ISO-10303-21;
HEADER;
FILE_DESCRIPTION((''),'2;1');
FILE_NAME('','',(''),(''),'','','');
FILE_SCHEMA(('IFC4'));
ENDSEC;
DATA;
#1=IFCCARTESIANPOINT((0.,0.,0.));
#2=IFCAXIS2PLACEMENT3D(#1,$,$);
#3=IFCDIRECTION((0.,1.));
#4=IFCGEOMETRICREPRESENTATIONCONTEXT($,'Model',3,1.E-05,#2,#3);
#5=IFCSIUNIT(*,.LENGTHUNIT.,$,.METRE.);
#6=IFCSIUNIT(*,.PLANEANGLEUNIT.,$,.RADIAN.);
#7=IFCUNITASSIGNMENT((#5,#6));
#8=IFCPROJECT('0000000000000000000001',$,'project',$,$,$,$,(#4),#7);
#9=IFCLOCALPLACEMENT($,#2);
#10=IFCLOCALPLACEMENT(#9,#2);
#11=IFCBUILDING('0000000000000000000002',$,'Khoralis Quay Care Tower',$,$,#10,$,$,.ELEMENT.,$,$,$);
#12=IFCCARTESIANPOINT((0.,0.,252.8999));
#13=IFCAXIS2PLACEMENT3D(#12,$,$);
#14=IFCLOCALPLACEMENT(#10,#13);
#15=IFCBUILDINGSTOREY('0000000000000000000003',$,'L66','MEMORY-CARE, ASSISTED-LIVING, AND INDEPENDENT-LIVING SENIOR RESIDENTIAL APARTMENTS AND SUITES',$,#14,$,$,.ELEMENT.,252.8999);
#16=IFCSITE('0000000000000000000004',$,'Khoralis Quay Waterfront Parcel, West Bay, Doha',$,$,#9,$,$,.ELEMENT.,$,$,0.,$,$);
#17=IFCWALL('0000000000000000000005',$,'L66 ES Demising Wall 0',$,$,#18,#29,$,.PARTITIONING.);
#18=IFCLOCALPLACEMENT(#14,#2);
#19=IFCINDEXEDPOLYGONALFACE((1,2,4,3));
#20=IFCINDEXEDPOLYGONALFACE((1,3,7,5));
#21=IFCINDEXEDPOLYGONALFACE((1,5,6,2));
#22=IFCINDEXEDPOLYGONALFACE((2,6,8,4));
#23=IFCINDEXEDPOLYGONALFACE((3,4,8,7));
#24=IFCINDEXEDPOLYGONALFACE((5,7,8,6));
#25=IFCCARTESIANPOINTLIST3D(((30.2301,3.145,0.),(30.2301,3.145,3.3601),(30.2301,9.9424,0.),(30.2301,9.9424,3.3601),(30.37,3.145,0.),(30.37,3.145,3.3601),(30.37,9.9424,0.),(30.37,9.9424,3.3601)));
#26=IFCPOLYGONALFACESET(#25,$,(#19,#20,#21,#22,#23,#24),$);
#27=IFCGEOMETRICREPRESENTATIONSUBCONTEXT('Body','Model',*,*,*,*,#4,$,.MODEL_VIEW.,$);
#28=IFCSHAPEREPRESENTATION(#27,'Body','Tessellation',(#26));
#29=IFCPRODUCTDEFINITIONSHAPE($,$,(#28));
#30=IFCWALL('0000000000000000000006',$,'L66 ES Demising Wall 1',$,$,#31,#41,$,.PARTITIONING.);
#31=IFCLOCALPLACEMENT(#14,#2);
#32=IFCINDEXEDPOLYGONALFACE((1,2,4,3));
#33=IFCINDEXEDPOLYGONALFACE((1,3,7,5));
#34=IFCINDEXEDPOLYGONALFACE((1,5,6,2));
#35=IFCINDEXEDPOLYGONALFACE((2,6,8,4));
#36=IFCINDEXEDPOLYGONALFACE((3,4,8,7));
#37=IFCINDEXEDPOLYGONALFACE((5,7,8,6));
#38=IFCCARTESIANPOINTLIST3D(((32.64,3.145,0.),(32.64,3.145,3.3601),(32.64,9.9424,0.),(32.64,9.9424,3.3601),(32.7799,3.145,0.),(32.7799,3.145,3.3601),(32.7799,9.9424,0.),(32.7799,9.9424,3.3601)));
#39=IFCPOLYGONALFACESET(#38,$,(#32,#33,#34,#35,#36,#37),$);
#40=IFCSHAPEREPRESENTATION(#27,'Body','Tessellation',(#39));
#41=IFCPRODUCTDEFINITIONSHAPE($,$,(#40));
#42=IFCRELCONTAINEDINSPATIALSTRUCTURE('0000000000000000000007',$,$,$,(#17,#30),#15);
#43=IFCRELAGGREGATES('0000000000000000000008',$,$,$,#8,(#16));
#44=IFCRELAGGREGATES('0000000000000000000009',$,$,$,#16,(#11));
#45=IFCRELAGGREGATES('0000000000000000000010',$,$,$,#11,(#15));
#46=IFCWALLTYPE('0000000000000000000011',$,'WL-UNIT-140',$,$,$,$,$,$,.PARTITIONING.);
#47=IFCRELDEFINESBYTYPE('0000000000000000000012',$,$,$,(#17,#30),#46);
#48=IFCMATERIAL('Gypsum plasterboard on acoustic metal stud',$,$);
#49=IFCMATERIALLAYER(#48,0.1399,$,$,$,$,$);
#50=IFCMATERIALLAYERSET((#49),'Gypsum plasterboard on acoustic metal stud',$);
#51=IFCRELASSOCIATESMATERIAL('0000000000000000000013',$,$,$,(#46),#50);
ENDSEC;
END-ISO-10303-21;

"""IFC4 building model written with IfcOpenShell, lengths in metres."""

from ifc_helpers import new_model, si_unit, direction, frame, frame_2d, origin, place, context, subcontext, project, spatial, rectangle, extrude, material, layer, layer_set, type_object, element, save


model = new_model("IFC4")

# Units and contexts
model_context = context("Model", 3, precision=1e-05, world=origin(), true_north=direction((0.0, 1.0)))
body_context = subcontext(model_context, "Body", "Model", "MODEL_VIEW")
ifc_project = project(units=[si_unit("LENGTHUNIT", "METRE"), si_unit("PLANEANGLEUNIT", "RADIAN")], contexts=[model_context])

# Site, building, storey
site_placement = place(None, origin())
site = spatial("IfcSite", under=ifc_project, at=site_placement, Name="Khoralis Quay Waterfront Parcel, West Bay, Doha", CompositionType="ELEMENT", RefElevation=0.0)
building_placement = place(site_placement, origin())
building = spatial("IfcBuilding", under=site, at=building_placement, Name="Khoralis Quay Care Tower", CompositionType="ELEMENT")
storey_placement = place(building_placement, frame((0.0, 0.0, 252.8999)))
storey = spatial("IfcBuildingStorey", under=building, at=storey_placement, Name="L66", Description="MEMORY-CARE, ASSISTED-LIVING, AND INDEPENDENT-LIVING SENIOR RESIDENTIAL APARTMENTS AND SUITES", CompositionType="ELEMENT", Elevation=252.8999)

# Shared definitions
ifc_material_1 = material(Name="Gypsum plasterboard on acoustic metal stud")

# Walls
ifc_layer_1 = layer(ifc_material_1, 0.1399)
ifc_layer_set_1 = layer_set([ifc_layer_1], Name="Gypsum plasterboard on acoustic metal stud")
wall_type_1 = type_object("IfcWallType", Name="WL-UNIT-140", PredefinedType="PARTITIONING", material=ifc_layer_set_1)
for number, where, z_axis, x_axis, name in (
    (1, (30.3, 3.145, 0.0), (0.0, 0.0, 1.0), (0.0, 1.0, 0.0), "L66 ES Demising Wall 0"),
    (2, (32.71, 3.145, 0.0), (0.0, 0.0, 1.0), (0.0, 1.0, 0.0), "L66 ES Demising Wall 1"),
):
    element("IfcWall", number, at=place(storey_placement, frame(where, z_axis=z_axis, x_axis=x_axis)), inside=storey, type_object=wall_type_1, Name=name, PredefinedType="PARTITIONING", context=body_context, shape_type="SweptSolid", body=[
        extrude(rectangle(XDim=6.7974, YDim=0.1399, at=frame_2d((3.3987, 0.0))), origin(), (0.0, 0.0, 1.0), 3.3601),
    ])

save(model, "model.ifc")
